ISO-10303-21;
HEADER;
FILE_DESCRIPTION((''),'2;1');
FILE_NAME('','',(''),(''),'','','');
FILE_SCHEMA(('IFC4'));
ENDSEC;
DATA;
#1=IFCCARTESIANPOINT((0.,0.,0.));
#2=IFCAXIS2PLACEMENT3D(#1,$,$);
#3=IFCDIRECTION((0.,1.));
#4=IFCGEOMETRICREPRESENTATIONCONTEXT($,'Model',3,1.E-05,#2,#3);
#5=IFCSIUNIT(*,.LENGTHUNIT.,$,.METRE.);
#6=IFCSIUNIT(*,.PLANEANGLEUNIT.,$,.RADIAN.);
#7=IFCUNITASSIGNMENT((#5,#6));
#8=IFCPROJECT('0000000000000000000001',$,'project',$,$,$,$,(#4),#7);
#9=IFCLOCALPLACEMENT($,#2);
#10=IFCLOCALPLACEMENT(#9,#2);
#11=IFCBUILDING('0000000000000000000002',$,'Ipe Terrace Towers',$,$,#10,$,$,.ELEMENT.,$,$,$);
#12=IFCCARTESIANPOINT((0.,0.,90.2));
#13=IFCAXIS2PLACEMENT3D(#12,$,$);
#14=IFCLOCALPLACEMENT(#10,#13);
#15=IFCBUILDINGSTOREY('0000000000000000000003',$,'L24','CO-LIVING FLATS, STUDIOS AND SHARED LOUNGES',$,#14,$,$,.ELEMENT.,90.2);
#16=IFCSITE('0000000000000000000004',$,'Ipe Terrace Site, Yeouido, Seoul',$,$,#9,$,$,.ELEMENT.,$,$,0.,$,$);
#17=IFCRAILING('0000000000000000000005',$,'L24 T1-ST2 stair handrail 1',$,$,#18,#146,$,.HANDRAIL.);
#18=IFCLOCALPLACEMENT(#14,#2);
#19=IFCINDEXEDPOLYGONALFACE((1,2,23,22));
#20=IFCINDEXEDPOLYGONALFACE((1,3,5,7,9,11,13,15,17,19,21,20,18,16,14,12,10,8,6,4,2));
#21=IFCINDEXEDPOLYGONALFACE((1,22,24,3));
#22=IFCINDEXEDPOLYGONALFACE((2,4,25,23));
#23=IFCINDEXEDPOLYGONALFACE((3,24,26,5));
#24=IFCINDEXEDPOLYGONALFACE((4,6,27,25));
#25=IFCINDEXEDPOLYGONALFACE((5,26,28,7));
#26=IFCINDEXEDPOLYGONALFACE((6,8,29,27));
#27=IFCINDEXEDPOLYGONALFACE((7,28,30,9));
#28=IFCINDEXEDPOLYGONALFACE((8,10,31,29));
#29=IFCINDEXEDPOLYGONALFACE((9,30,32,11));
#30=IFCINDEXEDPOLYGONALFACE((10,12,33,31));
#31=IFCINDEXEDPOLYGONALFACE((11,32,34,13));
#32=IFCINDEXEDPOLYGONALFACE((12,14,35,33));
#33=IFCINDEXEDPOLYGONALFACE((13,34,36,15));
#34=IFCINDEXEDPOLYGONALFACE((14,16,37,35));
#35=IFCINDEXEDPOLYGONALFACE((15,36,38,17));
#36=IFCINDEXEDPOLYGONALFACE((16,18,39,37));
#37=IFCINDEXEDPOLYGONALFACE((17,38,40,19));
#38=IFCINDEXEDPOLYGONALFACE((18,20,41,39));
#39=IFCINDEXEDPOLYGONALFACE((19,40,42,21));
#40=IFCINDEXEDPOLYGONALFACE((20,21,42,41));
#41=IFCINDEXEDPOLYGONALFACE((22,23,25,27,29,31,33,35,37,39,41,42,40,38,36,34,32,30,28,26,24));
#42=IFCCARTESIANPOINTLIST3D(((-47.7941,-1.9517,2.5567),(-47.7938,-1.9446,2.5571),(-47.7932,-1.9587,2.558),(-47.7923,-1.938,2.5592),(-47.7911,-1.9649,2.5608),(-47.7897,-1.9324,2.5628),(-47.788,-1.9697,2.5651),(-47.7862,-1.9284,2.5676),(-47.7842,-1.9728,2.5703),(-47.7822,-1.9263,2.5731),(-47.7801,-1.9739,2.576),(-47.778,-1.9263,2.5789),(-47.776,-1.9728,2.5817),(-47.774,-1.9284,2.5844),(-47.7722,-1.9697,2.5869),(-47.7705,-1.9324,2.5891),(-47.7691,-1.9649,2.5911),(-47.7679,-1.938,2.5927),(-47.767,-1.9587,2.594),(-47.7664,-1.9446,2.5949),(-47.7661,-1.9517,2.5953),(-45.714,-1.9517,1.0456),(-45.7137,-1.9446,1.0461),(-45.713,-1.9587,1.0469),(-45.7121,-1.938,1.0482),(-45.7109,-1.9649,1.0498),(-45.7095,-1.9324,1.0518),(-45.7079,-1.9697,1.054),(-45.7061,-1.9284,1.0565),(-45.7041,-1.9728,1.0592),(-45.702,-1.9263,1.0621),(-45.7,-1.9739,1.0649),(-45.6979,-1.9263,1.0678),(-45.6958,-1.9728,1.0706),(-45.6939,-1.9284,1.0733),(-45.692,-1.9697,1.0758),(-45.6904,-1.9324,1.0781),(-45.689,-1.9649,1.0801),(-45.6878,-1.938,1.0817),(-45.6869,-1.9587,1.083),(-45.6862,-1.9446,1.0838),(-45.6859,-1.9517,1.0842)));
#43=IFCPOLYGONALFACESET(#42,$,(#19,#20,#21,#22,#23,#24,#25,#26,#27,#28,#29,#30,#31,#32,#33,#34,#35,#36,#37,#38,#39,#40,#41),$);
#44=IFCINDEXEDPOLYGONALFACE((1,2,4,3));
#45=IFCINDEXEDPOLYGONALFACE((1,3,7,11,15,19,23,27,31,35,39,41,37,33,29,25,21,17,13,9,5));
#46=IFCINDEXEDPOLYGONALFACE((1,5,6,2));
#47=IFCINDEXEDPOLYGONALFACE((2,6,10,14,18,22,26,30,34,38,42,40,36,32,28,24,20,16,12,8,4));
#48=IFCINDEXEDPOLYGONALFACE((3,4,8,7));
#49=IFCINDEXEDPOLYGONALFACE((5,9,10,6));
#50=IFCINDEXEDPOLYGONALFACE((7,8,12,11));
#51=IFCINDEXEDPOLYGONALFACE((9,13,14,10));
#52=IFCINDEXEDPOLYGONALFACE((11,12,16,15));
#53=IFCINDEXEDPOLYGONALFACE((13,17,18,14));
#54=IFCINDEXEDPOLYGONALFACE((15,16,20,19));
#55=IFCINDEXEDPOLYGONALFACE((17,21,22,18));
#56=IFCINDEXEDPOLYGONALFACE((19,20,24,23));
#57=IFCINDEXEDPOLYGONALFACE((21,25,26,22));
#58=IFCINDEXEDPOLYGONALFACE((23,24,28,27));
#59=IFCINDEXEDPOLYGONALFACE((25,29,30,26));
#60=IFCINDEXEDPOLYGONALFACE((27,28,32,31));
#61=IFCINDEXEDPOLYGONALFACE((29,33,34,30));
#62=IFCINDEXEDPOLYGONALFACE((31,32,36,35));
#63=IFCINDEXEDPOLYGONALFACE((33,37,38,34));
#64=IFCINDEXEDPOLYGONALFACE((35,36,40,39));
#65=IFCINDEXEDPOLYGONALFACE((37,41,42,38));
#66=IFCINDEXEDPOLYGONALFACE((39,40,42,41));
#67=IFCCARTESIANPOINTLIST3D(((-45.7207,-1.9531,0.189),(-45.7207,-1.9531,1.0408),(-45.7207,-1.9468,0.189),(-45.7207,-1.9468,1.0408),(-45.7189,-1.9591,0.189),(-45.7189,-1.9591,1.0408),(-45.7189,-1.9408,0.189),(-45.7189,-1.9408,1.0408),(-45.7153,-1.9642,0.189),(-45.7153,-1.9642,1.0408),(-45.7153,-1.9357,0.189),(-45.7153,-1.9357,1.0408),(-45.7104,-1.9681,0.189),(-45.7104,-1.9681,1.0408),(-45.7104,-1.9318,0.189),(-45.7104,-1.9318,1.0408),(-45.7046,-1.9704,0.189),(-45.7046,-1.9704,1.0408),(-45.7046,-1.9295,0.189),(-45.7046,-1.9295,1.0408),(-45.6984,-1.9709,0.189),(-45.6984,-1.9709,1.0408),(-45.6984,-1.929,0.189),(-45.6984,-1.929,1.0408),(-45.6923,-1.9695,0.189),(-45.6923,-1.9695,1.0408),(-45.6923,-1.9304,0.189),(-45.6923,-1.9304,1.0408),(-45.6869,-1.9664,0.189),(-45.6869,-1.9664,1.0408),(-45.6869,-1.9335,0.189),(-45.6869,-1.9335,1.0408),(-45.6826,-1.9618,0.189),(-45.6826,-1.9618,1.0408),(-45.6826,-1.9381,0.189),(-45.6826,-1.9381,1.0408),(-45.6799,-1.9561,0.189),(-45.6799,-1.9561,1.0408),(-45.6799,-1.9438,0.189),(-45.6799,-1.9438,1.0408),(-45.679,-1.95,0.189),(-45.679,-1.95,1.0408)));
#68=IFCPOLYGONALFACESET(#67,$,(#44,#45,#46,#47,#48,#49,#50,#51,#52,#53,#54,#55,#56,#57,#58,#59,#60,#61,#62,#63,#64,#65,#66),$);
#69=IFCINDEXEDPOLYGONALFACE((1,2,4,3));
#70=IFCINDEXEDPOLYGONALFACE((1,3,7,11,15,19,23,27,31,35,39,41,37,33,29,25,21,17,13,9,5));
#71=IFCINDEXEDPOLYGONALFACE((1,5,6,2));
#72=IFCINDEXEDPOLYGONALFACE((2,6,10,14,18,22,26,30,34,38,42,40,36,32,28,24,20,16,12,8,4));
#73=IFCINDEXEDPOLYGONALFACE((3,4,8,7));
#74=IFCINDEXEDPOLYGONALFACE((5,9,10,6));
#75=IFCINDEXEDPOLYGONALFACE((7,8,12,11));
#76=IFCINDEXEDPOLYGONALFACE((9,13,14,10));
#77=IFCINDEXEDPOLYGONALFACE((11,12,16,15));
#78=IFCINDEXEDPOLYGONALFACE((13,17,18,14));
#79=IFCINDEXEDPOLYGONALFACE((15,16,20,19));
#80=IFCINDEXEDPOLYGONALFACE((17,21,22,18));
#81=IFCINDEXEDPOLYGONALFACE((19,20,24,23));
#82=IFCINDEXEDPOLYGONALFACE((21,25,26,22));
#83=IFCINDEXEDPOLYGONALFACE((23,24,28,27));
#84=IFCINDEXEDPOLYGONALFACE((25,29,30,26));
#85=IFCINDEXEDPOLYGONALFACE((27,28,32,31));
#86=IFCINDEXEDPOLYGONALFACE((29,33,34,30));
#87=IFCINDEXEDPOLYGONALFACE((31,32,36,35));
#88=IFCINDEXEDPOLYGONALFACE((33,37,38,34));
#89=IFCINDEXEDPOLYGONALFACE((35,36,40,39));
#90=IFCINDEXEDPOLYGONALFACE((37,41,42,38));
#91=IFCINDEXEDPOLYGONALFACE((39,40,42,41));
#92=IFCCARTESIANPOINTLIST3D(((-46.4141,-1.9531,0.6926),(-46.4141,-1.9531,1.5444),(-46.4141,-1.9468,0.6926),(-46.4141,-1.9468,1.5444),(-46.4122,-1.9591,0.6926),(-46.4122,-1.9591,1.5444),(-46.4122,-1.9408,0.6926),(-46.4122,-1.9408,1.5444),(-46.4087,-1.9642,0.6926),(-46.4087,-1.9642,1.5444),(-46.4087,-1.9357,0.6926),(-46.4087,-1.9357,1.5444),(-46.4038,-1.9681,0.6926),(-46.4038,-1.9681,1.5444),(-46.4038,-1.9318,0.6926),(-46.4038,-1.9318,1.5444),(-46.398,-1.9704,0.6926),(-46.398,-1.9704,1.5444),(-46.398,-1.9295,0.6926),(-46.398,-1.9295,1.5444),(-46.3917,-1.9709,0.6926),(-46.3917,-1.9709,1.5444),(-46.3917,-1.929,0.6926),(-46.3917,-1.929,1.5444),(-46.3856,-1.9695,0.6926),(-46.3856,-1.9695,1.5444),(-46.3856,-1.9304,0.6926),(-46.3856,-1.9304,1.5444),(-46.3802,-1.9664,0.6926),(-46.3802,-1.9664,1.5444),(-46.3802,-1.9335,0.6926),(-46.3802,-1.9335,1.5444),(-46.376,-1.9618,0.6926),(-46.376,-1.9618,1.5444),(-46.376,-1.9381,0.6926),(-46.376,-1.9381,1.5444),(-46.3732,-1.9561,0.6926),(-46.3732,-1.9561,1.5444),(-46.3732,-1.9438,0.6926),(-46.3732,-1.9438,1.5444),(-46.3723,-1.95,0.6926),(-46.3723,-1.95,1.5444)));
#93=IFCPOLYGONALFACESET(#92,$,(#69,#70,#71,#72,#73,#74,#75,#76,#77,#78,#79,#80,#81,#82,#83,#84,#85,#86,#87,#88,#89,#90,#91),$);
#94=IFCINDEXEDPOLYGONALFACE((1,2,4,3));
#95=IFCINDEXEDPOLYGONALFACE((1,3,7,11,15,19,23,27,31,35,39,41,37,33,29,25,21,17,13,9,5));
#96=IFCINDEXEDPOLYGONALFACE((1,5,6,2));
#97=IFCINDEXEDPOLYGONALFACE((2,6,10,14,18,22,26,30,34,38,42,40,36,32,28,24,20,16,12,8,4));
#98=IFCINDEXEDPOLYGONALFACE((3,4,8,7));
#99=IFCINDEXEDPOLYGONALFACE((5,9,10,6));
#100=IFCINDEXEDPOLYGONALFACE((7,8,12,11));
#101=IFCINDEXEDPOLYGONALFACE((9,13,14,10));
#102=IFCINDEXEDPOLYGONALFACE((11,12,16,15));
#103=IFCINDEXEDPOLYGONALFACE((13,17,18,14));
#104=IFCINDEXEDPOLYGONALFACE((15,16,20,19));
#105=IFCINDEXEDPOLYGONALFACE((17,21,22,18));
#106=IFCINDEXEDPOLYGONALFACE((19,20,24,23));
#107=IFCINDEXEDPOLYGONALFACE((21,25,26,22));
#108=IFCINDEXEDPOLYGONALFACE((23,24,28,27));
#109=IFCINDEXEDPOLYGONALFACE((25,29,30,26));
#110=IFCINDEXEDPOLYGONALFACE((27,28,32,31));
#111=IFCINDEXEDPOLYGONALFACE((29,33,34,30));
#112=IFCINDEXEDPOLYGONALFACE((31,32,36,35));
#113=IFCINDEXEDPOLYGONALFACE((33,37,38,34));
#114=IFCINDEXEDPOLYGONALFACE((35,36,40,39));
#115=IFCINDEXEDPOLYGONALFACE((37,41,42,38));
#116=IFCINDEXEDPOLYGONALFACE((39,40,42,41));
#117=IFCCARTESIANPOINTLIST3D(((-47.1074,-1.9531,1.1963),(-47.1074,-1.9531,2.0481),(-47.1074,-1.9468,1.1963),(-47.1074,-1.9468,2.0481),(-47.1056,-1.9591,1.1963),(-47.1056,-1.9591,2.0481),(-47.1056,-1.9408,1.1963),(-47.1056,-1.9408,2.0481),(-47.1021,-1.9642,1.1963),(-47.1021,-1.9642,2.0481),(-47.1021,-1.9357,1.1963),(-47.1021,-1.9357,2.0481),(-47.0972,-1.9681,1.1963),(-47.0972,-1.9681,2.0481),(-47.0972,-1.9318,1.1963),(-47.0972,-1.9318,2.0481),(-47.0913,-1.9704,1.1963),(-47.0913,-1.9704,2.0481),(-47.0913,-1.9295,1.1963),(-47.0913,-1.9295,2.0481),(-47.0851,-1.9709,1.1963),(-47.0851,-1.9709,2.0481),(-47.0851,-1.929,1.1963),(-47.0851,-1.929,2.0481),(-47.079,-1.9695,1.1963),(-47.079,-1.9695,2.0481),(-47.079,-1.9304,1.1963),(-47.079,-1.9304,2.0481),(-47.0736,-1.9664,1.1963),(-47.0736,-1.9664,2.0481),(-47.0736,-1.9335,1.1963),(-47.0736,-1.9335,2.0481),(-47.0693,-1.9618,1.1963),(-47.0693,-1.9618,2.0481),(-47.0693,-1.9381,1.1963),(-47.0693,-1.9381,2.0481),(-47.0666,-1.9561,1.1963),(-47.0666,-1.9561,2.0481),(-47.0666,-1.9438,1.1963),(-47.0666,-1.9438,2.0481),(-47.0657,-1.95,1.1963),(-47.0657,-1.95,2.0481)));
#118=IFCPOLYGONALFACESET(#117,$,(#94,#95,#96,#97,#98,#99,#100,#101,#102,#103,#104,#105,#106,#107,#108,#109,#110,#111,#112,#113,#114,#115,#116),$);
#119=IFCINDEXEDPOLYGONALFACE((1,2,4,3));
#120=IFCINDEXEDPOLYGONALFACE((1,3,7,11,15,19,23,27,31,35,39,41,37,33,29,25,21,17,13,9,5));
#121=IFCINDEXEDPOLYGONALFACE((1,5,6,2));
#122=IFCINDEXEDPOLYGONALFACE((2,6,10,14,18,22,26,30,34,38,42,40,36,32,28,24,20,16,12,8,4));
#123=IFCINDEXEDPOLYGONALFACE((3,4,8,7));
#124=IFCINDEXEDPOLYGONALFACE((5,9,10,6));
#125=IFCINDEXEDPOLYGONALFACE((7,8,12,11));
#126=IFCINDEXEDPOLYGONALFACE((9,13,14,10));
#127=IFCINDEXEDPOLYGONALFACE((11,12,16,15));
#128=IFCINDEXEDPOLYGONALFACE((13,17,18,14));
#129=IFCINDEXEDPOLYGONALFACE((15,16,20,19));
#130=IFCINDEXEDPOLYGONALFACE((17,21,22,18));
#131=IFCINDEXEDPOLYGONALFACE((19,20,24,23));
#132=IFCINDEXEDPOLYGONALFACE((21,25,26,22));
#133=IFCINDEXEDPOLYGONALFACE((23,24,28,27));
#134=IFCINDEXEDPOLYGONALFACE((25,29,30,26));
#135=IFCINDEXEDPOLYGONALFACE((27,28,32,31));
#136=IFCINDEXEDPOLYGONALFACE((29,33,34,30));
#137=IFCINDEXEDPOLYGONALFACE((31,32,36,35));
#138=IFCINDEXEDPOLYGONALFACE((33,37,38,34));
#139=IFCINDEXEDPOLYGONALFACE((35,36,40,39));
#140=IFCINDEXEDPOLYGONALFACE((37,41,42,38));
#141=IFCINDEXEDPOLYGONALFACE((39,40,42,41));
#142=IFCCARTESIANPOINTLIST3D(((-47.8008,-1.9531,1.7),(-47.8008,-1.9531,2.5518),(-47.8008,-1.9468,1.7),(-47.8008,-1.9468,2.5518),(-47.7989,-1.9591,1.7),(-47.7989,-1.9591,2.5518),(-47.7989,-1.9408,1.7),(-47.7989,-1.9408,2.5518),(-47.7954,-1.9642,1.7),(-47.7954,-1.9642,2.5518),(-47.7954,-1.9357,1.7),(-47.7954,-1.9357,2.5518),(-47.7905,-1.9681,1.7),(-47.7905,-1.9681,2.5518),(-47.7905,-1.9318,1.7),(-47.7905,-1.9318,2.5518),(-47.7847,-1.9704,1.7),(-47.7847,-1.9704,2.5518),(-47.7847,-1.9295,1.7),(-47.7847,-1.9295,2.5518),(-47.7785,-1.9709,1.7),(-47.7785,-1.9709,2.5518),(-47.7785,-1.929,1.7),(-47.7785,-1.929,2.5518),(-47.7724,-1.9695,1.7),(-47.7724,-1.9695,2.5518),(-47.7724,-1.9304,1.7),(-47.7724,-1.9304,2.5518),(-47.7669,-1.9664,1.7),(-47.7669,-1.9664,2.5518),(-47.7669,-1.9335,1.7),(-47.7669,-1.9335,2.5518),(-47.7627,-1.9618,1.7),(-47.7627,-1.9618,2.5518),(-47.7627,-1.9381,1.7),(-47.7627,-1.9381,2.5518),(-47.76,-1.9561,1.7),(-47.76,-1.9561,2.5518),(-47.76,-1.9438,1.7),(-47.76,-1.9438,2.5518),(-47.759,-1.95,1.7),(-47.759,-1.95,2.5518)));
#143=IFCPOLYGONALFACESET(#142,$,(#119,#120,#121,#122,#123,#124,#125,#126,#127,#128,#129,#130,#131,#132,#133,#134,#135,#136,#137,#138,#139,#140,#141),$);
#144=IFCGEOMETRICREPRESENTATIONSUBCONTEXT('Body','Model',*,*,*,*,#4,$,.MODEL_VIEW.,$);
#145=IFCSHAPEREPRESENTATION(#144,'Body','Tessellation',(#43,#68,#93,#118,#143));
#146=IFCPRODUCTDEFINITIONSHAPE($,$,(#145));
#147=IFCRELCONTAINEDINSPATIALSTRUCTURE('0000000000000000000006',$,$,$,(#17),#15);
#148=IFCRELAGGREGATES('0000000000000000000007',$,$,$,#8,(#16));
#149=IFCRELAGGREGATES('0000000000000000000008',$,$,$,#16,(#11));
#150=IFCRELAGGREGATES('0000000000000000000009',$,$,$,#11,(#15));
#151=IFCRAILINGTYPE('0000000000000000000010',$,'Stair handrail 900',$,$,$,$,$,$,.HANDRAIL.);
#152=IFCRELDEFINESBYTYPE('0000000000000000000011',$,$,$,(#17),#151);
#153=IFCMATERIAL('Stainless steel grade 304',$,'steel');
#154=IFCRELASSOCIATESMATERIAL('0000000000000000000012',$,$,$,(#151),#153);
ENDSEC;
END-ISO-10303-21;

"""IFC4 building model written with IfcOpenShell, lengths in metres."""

from ifc_helpers import new_model, si_unit, direction, frame, origin, origin_2d, place, context, subcontext, project, spatial, circle, extrude, material, type_object, element, save


model = new_model("IFC4")

# Units and contexts
model_context = context("Model", 3, precision=1e-05, world=origin(), true_north=direction((0.0, 1.0)))
body_context = subcontext(model_context, "Body", "Model", "MODEL_VIEW")
ifc_project = project(units=[si_unit("LENGTHUNIT", "METRE"), si_unit("PLANEANGLEUNIT", "RADIAN")], contexts=[model_context])

# Site, building, storey
site_placement = place(None, origin())
site = spatial("IfcSite", under=ifc_project, at=site_placement, Name="Ipe Terrace Site, Yeouido, Seoul", CompositionType="ELEMENT", RefElevation=0.0)
building_placement = place(site_placement, origin())
building = spatial("IfcBuilding", under=site, at=building_placement, Name="Ipe Terrace Towers", CompositionType="ELEMENT")
storey_placement = place(building_placement, frame((0.0, 0.0, 90.2)))
storey = spatial("IfcBuildingStorey", under=building, at=storey_placement, Name="L24", Description="CO-LIVING FLATS, STUDIOS AND SHARED LOUNGES", CompositionType="ELEMENT", Elevation=90.2)

# Railing
ifc_material_1 = material(Name="Stainless steel grade 304", Category="steel")
railing_type_1 = type_object("IfcRailingType", Name="Stair handrail 900", PredefinedType="HANDRAIL", material=ifc_material_1)
railing_1_placement = place(storey_placement, frame((-45.7, -1.95, 0.189)))
element("IfcRailing", 1, at=railing_1_placement, inside=storey, type_object=railing_type_1, Name="L24 T1-ST2 stair handrail 1", PredefinedType="HANDRAIL", context=body_context, shape_type="SweptSolid", body=[
    extrude(circle(Radius=0.0239, at=origin_2d()), frame((0.0, 0.0, 0.876), z_axis=(-0.809069, 0.0, 0.587714), x_axis=(0.0, -1.0, 0.0)), (0.0, 0.0, 1.0), 2.571),
    extrude(circle(Radius=0.021, at=origin_2d()), origin(), (0.0, 0.0, 1.0), 0.8518),
    extrude(circle(Radius=0.021, at=origin_2d()), frame((-0.6934, 0.0, 0.5037)), (0.0, 0.0, 1.0), 0.8518),
    extrude(circle(Radius=0.021, at=origin_2d()), frame((-1.3867, 0.0, 1.0073)), (0.0, 0.0, 1.0), 0.8518),
    extrude(circle(Radius=0.021, at=origin_2d()), frame((-2.0801, 0.0, 1.511)), (0.0, 0.0, 1.0), 0.8518),
])

save(model, "model.ifc")
